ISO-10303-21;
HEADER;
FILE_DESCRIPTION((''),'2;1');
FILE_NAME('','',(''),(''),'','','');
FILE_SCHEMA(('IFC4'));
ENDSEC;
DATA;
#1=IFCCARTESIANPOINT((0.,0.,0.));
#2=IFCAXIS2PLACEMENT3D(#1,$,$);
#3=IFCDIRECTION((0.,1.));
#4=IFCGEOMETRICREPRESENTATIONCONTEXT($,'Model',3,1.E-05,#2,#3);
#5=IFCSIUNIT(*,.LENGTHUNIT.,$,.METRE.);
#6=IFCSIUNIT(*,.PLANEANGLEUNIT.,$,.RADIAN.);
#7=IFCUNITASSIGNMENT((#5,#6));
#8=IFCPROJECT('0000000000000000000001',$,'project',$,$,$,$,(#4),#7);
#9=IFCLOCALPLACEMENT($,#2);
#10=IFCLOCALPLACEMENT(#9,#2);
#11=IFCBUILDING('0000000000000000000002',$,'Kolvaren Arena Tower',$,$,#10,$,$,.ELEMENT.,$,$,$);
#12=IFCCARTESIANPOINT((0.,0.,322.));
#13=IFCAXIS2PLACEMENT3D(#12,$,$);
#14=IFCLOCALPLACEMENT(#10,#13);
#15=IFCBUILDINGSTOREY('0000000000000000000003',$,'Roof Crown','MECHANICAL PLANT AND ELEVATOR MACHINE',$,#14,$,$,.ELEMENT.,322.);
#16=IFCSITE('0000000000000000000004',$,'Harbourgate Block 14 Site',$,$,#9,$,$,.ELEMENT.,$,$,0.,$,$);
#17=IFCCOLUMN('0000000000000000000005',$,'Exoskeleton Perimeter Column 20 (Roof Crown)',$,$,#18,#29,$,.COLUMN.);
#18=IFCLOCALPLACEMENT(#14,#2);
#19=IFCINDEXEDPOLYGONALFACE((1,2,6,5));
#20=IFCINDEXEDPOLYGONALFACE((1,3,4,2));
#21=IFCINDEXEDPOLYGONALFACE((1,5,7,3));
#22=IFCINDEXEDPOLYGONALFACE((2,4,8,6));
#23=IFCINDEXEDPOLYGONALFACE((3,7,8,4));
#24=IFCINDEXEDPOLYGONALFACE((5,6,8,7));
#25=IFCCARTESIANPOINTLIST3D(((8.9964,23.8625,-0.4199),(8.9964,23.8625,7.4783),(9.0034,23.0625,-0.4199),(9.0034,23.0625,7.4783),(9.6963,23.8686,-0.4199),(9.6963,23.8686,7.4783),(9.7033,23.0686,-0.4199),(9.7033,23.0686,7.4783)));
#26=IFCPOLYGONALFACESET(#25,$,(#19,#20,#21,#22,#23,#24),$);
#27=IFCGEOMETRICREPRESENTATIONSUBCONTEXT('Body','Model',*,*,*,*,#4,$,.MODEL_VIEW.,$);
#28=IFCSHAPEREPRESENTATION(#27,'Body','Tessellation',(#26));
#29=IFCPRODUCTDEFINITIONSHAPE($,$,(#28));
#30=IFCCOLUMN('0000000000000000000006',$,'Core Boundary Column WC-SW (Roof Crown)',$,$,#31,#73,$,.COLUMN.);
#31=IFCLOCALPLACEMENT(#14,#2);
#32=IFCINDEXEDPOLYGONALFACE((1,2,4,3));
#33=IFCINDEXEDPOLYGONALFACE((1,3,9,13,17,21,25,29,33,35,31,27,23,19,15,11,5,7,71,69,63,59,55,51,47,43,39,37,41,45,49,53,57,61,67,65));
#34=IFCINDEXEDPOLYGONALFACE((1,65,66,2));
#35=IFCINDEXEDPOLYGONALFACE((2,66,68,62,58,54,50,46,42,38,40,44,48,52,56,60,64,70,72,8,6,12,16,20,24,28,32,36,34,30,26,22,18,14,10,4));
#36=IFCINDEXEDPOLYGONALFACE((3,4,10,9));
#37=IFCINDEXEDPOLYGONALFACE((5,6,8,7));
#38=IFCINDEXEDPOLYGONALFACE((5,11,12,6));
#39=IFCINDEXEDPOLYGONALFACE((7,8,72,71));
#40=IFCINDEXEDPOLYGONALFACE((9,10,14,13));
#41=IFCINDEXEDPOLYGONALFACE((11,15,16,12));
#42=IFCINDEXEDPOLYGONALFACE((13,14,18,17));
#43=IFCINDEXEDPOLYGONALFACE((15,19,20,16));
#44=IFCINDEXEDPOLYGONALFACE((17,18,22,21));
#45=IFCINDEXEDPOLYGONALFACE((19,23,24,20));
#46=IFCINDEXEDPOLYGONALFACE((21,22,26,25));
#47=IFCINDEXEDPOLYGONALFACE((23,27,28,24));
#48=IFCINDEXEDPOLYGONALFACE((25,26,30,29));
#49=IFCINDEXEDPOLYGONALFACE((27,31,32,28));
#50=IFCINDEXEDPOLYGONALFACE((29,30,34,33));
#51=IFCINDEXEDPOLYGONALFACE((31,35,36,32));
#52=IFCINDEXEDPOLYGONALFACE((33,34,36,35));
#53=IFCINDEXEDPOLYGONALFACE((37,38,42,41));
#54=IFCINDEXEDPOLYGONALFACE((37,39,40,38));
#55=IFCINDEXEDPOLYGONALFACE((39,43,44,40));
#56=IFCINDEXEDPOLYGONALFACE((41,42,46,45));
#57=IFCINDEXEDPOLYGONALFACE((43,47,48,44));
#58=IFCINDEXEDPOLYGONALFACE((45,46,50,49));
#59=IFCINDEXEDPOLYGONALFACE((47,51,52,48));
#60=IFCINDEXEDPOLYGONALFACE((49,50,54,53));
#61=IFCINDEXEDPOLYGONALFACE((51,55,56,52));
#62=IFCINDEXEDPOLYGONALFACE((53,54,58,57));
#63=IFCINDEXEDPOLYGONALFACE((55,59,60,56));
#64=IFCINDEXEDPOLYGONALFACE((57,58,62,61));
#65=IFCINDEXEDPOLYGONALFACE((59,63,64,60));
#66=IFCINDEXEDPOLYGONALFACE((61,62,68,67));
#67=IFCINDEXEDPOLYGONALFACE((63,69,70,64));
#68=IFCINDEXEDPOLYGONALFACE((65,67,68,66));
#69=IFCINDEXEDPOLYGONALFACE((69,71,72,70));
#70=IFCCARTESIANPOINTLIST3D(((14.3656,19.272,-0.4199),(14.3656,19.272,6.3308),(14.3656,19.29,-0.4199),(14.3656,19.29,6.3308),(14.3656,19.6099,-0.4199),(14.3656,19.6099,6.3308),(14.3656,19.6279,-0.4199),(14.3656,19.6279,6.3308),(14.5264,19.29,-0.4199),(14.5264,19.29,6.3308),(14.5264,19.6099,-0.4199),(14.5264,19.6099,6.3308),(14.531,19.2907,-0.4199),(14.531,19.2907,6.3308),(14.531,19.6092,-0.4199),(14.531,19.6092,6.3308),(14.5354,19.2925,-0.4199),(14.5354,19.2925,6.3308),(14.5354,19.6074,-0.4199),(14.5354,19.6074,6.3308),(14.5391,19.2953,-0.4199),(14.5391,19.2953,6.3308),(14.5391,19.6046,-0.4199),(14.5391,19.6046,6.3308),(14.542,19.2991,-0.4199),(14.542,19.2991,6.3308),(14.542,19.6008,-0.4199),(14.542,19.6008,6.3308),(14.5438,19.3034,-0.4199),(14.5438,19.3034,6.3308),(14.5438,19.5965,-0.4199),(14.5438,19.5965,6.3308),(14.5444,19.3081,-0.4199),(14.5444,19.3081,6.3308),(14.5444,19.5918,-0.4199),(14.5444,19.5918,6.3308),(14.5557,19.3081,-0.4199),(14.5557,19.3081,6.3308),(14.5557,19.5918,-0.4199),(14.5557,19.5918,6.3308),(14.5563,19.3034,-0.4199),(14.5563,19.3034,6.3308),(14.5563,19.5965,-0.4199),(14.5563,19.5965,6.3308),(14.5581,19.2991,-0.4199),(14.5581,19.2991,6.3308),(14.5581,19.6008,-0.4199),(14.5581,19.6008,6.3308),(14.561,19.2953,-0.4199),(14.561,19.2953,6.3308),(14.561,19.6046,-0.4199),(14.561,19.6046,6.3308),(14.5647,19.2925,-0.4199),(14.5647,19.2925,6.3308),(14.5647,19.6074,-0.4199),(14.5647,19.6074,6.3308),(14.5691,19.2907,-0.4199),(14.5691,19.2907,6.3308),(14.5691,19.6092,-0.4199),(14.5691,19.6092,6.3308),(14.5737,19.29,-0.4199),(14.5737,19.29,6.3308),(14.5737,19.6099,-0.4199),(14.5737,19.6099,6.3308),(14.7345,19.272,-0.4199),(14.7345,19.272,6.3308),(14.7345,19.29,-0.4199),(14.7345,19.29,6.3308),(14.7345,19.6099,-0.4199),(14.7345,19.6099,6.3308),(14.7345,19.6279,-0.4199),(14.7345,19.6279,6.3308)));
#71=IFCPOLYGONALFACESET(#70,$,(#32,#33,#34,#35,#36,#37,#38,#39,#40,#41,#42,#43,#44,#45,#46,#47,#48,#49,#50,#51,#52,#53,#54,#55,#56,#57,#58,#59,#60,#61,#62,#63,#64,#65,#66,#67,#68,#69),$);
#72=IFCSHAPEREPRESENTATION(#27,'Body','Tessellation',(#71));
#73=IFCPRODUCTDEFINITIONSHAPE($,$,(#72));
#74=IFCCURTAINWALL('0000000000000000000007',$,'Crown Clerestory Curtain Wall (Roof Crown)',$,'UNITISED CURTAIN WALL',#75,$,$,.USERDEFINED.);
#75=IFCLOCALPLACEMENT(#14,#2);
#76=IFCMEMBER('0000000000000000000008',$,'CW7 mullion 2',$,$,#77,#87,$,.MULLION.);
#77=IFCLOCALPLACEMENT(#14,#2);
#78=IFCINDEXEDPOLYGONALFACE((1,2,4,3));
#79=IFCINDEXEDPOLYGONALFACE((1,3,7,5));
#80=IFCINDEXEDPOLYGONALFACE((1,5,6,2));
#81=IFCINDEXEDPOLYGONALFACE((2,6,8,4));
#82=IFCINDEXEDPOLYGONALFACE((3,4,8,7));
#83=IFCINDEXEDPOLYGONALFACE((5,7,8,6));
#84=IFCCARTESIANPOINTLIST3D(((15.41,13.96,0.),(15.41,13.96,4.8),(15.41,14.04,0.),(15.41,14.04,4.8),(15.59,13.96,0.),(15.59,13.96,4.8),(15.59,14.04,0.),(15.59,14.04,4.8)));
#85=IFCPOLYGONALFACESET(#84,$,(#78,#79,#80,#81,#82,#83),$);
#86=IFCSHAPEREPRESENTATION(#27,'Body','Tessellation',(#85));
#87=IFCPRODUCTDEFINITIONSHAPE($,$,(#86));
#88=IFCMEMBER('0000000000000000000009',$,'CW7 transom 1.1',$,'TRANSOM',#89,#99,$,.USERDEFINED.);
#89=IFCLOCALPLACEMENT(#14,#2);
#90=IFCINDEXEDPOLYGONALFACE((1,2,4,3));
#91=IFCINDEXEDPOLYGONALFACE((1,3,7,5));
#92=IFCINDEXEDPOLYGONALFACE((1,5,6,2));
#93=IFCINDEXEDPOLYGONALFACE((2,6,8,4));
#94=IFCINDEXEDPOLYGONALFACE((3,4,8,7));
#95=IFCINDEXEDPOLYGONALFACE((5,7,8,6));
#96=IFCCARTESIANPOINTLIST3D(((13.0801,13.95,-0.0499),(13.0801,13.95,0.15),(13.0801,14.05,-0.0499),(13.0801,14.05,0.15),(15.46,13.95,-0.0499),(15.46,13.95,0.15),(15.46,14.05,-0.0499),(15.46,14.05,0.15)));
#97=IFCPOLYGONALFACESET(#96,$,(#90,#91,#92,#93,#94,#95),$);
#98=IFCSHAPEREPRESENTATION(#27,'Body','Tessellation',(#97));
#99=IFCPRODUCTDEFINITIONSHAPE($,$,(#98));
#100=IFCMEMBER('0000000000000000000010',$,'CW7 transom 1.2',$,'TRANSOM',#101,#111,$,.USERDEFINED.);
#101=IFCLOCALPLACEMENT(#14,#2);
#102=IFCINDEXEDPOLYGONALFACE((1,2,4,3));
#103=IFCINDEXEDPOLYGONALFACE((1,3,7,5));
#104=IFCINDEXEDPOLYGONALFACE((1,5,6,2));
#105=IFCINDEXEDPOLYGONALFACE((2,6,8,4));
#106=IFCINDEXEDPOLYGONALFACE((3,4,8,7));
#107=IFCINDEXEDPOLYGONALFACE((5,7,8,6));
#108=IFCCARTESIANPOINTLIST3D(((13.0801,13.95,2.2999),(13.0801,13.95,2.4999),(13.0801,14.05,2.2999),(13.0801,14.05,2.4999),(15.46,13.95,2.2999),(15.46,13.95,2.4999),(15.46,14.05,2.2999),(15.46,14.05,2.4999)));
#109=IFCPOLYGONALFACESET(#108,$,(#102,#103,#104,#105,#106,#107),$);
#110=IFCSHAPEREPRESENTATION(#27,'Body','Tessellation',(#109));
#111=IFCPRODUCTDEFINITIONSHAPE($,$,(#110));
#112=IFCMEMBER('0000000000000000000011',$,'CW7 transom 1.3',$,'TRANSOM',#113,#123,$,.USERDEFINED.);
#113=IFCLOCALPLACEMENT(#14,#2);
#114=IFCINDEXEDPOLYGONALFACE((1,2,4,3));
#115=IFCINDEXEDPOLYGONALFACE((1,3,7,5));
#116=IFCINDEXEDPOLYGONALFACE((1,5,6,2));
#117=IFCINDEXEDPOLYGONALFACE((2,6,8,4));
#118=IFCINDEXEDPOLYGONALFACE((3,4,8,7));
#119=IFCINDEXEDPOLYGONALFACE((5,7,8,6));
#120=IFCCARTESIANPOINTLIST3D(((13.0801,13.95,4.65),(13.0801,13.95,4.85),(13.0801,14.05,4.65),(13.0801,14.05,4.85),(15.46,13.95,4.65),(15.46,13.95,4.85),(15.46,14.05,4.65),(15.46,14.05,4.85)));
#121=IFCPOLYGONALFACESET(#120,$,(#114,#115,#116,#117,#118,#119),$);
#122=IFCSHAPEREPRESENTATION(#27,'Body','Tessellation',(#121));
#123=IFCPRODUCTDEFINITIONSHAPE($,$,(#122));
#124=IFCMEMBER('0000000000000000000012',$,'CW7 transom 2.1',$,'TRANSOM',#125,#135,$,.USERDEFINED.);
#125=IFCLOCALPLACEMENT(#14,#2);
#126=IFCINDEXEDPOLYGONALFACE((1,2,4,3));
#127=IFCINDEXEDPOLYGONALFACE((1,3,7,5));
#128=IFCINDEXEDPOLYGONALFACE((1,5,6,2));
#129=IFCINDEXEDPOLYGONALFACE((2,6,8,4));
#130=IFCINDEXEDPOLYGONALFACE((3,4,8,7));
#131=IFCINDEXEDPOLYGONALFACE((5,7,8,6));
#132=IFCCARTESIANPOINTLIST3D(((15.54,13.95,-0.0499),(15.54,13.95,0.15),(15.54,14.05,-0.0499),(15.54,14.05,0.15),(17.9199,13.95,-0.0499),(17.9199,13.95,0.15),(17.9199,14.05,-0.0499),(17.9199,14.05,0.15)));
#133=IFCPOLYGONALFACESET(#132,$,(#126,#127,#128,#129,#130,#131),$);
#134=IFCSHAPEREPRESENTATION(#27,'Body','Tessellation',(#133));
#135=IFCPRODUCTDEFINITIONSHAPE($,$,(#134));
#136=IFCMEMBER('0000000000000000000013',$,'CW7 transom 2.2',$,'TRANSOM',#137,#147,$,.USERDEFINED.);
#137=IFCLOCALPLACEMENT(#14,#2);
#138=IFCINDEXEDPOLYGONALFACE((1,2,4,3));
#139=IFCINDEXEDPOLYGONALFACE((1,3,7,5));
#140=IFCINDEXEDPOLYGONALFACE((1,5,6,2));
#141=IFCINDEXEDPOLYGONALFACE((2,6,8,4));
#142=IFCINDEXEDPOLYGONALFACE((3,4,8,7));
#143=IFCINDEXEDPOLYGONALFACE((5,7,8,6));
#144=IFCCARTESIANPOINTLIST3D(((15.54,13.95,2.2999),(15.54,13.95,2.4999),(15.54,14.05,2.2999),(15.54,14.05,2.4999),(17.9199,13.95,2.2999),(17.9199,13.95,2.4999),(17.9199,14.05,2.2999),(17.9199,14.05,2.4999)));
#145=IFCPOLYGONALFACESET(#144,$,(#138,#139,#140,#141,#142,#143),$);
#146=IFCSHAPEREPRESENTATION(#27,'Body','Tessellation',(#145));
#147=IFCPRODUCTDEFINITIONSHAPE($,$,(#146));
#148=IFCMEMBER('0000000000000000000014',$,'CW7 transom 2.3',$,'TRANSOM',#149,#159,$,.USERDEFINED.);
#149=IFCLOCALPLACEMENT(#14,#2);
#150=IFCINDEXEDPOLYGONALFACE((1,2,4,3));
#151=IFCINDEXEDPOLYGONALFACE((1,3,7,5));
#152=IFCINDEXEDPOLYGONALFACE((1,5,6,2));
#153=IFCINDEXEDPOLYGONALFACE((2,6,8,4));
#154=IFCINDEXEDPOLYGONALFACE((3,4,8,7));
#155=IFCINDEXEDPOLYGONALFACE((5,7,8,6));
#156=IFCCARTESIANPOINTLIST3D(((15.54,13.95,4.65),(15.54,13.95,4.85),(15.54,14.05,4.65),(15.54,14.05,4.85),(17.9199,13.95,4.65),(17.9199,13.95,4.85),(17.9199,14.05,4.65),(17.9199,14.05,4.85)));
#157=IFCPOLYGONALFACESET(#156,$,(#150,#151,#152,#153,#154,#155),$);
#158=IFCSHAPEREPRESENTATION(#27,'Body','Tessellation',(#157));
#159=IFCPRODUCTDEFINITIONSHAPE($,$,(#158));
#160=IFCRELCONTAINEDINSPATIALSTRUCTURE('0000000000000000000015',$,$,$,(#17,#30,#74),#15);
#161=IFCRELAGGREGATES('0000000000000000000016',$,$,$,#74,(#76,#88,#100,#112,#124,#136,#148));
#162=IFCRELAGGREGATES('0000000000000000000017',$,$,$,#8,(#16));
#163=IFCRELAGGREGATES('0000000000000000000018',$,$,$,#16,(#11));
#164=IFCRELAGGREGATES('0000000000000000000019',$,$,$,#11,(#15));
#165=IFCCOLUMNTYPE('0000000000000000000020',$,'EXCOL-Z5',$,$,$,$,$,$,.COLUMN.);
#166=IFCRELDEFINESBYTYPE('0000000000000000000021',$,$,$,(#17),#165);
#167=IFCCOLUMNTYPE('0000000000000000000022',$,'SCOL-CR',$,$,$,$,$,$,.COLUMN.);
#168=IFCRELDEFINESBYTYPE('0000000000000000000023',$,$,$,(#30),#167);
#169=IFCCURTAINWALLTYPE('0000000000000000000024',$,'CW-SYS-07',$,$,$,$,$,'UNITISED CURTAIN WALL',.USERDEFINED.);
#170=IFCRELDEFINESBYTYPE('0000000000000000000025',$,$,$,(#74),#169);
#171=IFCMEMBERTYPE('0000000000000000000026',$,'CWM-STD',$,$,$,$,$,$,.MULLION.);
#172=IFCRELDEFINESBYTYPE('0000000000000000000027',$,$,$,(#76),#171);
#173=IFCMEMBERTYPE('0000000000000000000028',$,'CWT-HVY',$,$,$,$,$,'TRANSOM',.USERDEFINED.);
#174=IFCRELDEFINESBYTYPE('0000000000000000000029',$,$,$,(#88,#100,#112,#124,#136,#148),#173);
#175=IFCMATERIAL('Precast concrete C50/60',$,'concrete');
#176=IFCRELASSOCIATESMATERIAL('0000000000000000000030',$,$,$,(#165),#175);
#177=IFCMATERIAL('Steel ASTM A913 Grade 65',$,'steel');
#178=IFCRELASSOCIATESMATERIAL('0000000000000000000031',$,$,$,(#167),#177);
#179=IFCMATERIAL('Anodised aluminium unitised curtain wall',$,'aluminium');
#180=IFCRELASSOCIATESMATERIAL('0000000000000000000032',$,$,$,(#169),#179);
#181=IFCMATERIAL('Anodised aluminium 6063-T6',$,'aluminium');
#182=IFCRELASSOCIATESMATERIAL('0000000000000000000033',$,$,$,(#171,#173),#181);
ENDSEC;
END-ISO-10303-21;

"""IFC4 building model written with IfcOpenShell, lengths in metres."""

from ifc_helpers import new_model, si_unit, direction, frame, origin, origin_2d, place, context, subcontext, project, spatial, rectangle, i_section, extrude, material, material_profile, profile_set, type_object, element, aggregate, save


model = new_model("IFC4")

# Units and contexts
model_context = context("Model", 3, precision=1e-05, world=origin(), true_north=direction((0.0, 1.0)))
body_context = subcontext(model_context, "Body", "Model", "MODEL_VIEW")
ifc_project = project(units=[si_unit("LENGTHUNIT", "METRE"), si_unit("PLANEANGLEUNIT", "RADIAN")], contexts=[model_context])

# Site, building, storey
site_placement = place(None, origin())
site = spatial("IfcSite", under=ifc_project, at=site_placement, Name="Harbourgate Block 14 Site", CompositionType="ELEMENT", RefElevation=0.0)
building_placement = place(site_placement, origin())
building = spatial("IfcBuilding", under=site, at=building_placement, Name="Kolvaren Arena Tower", CompositionType="ELEMENT")
storey_placement = place(building_placement, frame((0.0, 0.0, 322.0)))
storey = spatial("IfcBuildingStorey", under=building, at=storey_placement, Name="Roof Crown", Description="MECHANICAL PLANT AND ELEVATOR MACHINE", CompositionType="ELEMENT", Elevation=322.0)

# Columns
ifc_material_1 = material(Name="Precast concrete C50/60", Category="concrete")
ifc_material_profile_1 = material_profile(ifc_material_1, rectangle(XDim=0.8, YDim=0.7, at=origin_2d()), Name="RC-800x700")
ifc_profile_set_1 = profile_set([ifc_material_profile_1], Name="Precast concrete C50/60")
column_type_1 = type_object("IfcColumnType", Name="EXCOL-Z5", PredefinedType="COLUMN", material=ifc_profile_set_1)
column_1_placement = place(storey_placement, frame((9.3499, 23.4656, -0.4199), z_axis=(0.0, 0.0, 1.0), x_axis=(-0.008727, 0.999962, 0.0)))
element("IfcColumn", 1, at=column_1_placement, inside=storey, type_object=column_type_1, Name="Exoskeleton Perimeter Column 20 (Roof Crown)", PredefinedType="COLUMN", context=body_context, shape_type="SweptSolid", body=[
    extrude(rectangle(XDim=0.8, YDim=0.7, at=origin_2d()), origin(), (0.0, 0.0, 1.0), 7.8982),
])
ifc_material_2 = material(Name="Steel ASTM A913 Grade 65", Category="steel")
ifc_material_profile_2 = material_profile(ifc_material_2, i_section(OverallWidth=0.3689, OverallDepth=0.356, WebThickness=0.0112, FlangeThickness=0.0181, FilletRadius=0.0181, at=origin_2d()), Name="W360x134")
ifc_profile_set_2 = profile_set([ifc_material_profile_2], Name="Steel ASTM A913 Grade 65")
column_type_2 = type_object("IfcColumnType", Name="SCOL-CR", PredefinedType="COLUMN", material=ifc_profile_set_2)
column_2_placement = place(storey_placement, frame((14.55, 19.45, -0.4199), z_axis=(0.0, 0.0, 1.0), x_axis=(1.0, 0.0, 0.0)))
element("IfcColumn", 2, at=column_2_placement, inside=storey, type_object=column_type_2, Name="Core Boundary Column WC-SW (Roof Crown)", PredefinedType="COLUMN", context=body_context, shape_type="SweptSolid", body=[
    extrude(i_section(OverallWidth=0.3689, OverallDepth=0.356, WebThickness=0.0112, FlangeThickness=0.0181, FilletRadius=0.0181, at=origin_2d()), origin(), (0.0, 0.0, 1.0), 6.7507),
])

# Curtain wall, members
ifc_material_3 = material(Name="Anodised aluminium unitised curtain wall", Category="aluminium")
curtain_wall_type = type_object("IfcCurtainWallType", Name="CW-SYS-07", ElementType="UNITISED CURTAIN WALL", PredefinedType="USERDEFINED", material=ifc_material_3)
curtain_wall_placement = place(storey_placement, origin())
curtain_wall = element("IfcCurtainWall", 3, at=curtain_wall_placement, inside=storey, type_object=curtain_wall_type, Name="Crown Clerestory Curtain Wall (Roof Crown)", ObjectType="UNITISED CURTAIN WALL", PredefinedType="USERDEFINED")
ifc_material_4 = material(Name="Anodised aluminium 6063-T6", Category="aluminium")
ifc_material_profile_3 = material_profile(ifc_material_4, rectangle(XDim=0.0801, YDim=0.1799, at=origin_2d()), Name="ALU-80x180")
ifc_profile_set_3 = profile_set([ifc_material_profile_3], Name="Anodised aluminium 6063-T6")
member_type_1 = type_object("IfcMemberType", Name="CWM-STD", PredefinedType="MULLION", material=ifc_profile_set_3)
member_1_placement = place(storey_placement, frame((15.5, 14.0, 0.0), z_axis=(0.0, 0.0, 1.0), x_axis=(0.0, 1.0, 0.0)))
member_1 = element("IfcMember", 4, at=member_1_placement, type_object=member_type_1, Name="CW7 mullion 2", PredefinedType="MULLION", context=body_context, shape_type="SweptSolid", body=[
    extrude(rectangle(XDim=0.0801, YDim=0.1799, at=origin_2d()), origin(), (0.0, 0.0, 1.0), 4.8),
])
ifc_material_profile_4 = material_profile(ifc_material_4, rectangle(XDim=0.1001, YDim=0.2, at=origin_2d()), Name="ALU-100x200")
ifc_profile_set_4 = profile_set([ifc_material_profile_4], Name="Anodised aluminium 6063-T6")
member_type_2 = type_object("IfcMemberType", Name="CWT-HVY", ElementType="TRANSOM", PredefinedType="USERDEFINED", material=ifc_profile_set_4)
member_2_placement = place(storey_placement, frame((13.0801, 14.0, 0.05), z_axis=(1.0, 0.0, 0.0), x_axis=(0.0, 1.0, 0.0)))
member_2 = element("IfcMember", 5, at=member_2_placement, type_object=member_type_2, Name="CW7 transom 1.1", ObjectType="TRANSOM", PredefinedType="USERDEFINED", context=body_context, shape_type="SweptSolid", body=[
    extrude(rectangle(XDim=0.1001, YDim=0.2, at=origin_2d()), origin(), (0.0, 0.0, 1.0), 2.3799),
])
member_3_placement = place(storey_placement, frame((13.0801, 14.0, 2.3999), z_axis=(1.0, 0.0, 0.0), x_axis=(0.0, 1.0, 0.0)))
member_3 = element("IfcMember", 6, at=member_3_placement, type_object=member_type_2, Name="CW7 transom 1.2", ObjectType="TRANSOM", PredefinedType="USERDEFINED", context=body_context, shape_type="SweptSolid", body=[
    extrude(rectangle(XDim=0.1001, YDim=0.2, at=origin_2d()), origin(), (0.0, 0.0, 1.0), 2.3799),
])
member_4_placement = place(storey_placement, frame((13.0801, 14.0, 4.75), z_axis=(1.0, 0.0, 0.0), x_axis=(0.0, 1.0, 0.0)))
member_4 = element("IfcMember", 7, at=member_4_placement, type_object=member_type_2, Name="CW7 transom 1.3", ObjectType="TRANSOM", PredefinedType="USERDEFINED", context=body_context, shape_type="SweptSolid", body=[
    extrude(rectangle(XDim=0.1001, YDim=0.2, at=origin_2d()), origin(), (0.0, 0.0, 1.0), 2.3799),
])
member_5_placement = place(storey_placement, frame((15.54, 14.0, 0.05), z_axis=(1.0, 0.0, 0.0), x_axis=(0.0, 1.0, 0.0)))
member_5 = element("IfcMember", 8, at=member_5_placement, type_object=member_type_2, Name="CW7 transom 2.1", ObjectType="TRANSOM", PredefinedType="USERDEFINED", context=body_context, shape_type="SweptSolid", body=[
    extrude(rectangle(XDim=0.1001, YDim=0.2, at=origin_2d()), origin(), (0.0, 0.0, 1.0), 2.3799),
])
member_6_placement = place(storey_placement, frame((15.54, 14.0, 2.3999), z_axis=(1.0, 0.0, 0.0), x_axis=(0.0, 1.0, 0.0)))
member_6 = element("IfcMember", 9, at=member_6_placement, type_object=member_type_2, Name="CW7 transom 2.2", ObjectType="TRANSOM", PredefinedType="USERDEFINED", context=body_context, shape_type="SweptSolid", body=[
    extrude(rectangle(XDim=0.1001, YDim=0.2, at=origin_2d()), origin(), (0.0, 0.0, 1.0), 2.3799),
])
member_7_placement = place(storey_placement, frame((15.54, 14.0, 4.75), z_axis=(1.0, 0.0, 0.0), x_axis=(0.0, 1.0, 0.0)))
member_7 = element("IfcMember", 10, at=member_7_placement, type_object=member_type_2, Name="CW7 transom 2.3", ObjectType="TRANSOM", PredefinedType="USERDEFINED", context=body_context, shape_type="SweptSolid", body=[
    extrude(rectangle(XDim=0.1001, YDim=0.2, at=origin_2d()), origin(), (0.0, 0.0, 1.0), 2.3799),
])

aggregate(curtain_wall, [member_1, member_2, member_3, member_4, member_5, member_6, member_7])

save(model, "model.ifc")
